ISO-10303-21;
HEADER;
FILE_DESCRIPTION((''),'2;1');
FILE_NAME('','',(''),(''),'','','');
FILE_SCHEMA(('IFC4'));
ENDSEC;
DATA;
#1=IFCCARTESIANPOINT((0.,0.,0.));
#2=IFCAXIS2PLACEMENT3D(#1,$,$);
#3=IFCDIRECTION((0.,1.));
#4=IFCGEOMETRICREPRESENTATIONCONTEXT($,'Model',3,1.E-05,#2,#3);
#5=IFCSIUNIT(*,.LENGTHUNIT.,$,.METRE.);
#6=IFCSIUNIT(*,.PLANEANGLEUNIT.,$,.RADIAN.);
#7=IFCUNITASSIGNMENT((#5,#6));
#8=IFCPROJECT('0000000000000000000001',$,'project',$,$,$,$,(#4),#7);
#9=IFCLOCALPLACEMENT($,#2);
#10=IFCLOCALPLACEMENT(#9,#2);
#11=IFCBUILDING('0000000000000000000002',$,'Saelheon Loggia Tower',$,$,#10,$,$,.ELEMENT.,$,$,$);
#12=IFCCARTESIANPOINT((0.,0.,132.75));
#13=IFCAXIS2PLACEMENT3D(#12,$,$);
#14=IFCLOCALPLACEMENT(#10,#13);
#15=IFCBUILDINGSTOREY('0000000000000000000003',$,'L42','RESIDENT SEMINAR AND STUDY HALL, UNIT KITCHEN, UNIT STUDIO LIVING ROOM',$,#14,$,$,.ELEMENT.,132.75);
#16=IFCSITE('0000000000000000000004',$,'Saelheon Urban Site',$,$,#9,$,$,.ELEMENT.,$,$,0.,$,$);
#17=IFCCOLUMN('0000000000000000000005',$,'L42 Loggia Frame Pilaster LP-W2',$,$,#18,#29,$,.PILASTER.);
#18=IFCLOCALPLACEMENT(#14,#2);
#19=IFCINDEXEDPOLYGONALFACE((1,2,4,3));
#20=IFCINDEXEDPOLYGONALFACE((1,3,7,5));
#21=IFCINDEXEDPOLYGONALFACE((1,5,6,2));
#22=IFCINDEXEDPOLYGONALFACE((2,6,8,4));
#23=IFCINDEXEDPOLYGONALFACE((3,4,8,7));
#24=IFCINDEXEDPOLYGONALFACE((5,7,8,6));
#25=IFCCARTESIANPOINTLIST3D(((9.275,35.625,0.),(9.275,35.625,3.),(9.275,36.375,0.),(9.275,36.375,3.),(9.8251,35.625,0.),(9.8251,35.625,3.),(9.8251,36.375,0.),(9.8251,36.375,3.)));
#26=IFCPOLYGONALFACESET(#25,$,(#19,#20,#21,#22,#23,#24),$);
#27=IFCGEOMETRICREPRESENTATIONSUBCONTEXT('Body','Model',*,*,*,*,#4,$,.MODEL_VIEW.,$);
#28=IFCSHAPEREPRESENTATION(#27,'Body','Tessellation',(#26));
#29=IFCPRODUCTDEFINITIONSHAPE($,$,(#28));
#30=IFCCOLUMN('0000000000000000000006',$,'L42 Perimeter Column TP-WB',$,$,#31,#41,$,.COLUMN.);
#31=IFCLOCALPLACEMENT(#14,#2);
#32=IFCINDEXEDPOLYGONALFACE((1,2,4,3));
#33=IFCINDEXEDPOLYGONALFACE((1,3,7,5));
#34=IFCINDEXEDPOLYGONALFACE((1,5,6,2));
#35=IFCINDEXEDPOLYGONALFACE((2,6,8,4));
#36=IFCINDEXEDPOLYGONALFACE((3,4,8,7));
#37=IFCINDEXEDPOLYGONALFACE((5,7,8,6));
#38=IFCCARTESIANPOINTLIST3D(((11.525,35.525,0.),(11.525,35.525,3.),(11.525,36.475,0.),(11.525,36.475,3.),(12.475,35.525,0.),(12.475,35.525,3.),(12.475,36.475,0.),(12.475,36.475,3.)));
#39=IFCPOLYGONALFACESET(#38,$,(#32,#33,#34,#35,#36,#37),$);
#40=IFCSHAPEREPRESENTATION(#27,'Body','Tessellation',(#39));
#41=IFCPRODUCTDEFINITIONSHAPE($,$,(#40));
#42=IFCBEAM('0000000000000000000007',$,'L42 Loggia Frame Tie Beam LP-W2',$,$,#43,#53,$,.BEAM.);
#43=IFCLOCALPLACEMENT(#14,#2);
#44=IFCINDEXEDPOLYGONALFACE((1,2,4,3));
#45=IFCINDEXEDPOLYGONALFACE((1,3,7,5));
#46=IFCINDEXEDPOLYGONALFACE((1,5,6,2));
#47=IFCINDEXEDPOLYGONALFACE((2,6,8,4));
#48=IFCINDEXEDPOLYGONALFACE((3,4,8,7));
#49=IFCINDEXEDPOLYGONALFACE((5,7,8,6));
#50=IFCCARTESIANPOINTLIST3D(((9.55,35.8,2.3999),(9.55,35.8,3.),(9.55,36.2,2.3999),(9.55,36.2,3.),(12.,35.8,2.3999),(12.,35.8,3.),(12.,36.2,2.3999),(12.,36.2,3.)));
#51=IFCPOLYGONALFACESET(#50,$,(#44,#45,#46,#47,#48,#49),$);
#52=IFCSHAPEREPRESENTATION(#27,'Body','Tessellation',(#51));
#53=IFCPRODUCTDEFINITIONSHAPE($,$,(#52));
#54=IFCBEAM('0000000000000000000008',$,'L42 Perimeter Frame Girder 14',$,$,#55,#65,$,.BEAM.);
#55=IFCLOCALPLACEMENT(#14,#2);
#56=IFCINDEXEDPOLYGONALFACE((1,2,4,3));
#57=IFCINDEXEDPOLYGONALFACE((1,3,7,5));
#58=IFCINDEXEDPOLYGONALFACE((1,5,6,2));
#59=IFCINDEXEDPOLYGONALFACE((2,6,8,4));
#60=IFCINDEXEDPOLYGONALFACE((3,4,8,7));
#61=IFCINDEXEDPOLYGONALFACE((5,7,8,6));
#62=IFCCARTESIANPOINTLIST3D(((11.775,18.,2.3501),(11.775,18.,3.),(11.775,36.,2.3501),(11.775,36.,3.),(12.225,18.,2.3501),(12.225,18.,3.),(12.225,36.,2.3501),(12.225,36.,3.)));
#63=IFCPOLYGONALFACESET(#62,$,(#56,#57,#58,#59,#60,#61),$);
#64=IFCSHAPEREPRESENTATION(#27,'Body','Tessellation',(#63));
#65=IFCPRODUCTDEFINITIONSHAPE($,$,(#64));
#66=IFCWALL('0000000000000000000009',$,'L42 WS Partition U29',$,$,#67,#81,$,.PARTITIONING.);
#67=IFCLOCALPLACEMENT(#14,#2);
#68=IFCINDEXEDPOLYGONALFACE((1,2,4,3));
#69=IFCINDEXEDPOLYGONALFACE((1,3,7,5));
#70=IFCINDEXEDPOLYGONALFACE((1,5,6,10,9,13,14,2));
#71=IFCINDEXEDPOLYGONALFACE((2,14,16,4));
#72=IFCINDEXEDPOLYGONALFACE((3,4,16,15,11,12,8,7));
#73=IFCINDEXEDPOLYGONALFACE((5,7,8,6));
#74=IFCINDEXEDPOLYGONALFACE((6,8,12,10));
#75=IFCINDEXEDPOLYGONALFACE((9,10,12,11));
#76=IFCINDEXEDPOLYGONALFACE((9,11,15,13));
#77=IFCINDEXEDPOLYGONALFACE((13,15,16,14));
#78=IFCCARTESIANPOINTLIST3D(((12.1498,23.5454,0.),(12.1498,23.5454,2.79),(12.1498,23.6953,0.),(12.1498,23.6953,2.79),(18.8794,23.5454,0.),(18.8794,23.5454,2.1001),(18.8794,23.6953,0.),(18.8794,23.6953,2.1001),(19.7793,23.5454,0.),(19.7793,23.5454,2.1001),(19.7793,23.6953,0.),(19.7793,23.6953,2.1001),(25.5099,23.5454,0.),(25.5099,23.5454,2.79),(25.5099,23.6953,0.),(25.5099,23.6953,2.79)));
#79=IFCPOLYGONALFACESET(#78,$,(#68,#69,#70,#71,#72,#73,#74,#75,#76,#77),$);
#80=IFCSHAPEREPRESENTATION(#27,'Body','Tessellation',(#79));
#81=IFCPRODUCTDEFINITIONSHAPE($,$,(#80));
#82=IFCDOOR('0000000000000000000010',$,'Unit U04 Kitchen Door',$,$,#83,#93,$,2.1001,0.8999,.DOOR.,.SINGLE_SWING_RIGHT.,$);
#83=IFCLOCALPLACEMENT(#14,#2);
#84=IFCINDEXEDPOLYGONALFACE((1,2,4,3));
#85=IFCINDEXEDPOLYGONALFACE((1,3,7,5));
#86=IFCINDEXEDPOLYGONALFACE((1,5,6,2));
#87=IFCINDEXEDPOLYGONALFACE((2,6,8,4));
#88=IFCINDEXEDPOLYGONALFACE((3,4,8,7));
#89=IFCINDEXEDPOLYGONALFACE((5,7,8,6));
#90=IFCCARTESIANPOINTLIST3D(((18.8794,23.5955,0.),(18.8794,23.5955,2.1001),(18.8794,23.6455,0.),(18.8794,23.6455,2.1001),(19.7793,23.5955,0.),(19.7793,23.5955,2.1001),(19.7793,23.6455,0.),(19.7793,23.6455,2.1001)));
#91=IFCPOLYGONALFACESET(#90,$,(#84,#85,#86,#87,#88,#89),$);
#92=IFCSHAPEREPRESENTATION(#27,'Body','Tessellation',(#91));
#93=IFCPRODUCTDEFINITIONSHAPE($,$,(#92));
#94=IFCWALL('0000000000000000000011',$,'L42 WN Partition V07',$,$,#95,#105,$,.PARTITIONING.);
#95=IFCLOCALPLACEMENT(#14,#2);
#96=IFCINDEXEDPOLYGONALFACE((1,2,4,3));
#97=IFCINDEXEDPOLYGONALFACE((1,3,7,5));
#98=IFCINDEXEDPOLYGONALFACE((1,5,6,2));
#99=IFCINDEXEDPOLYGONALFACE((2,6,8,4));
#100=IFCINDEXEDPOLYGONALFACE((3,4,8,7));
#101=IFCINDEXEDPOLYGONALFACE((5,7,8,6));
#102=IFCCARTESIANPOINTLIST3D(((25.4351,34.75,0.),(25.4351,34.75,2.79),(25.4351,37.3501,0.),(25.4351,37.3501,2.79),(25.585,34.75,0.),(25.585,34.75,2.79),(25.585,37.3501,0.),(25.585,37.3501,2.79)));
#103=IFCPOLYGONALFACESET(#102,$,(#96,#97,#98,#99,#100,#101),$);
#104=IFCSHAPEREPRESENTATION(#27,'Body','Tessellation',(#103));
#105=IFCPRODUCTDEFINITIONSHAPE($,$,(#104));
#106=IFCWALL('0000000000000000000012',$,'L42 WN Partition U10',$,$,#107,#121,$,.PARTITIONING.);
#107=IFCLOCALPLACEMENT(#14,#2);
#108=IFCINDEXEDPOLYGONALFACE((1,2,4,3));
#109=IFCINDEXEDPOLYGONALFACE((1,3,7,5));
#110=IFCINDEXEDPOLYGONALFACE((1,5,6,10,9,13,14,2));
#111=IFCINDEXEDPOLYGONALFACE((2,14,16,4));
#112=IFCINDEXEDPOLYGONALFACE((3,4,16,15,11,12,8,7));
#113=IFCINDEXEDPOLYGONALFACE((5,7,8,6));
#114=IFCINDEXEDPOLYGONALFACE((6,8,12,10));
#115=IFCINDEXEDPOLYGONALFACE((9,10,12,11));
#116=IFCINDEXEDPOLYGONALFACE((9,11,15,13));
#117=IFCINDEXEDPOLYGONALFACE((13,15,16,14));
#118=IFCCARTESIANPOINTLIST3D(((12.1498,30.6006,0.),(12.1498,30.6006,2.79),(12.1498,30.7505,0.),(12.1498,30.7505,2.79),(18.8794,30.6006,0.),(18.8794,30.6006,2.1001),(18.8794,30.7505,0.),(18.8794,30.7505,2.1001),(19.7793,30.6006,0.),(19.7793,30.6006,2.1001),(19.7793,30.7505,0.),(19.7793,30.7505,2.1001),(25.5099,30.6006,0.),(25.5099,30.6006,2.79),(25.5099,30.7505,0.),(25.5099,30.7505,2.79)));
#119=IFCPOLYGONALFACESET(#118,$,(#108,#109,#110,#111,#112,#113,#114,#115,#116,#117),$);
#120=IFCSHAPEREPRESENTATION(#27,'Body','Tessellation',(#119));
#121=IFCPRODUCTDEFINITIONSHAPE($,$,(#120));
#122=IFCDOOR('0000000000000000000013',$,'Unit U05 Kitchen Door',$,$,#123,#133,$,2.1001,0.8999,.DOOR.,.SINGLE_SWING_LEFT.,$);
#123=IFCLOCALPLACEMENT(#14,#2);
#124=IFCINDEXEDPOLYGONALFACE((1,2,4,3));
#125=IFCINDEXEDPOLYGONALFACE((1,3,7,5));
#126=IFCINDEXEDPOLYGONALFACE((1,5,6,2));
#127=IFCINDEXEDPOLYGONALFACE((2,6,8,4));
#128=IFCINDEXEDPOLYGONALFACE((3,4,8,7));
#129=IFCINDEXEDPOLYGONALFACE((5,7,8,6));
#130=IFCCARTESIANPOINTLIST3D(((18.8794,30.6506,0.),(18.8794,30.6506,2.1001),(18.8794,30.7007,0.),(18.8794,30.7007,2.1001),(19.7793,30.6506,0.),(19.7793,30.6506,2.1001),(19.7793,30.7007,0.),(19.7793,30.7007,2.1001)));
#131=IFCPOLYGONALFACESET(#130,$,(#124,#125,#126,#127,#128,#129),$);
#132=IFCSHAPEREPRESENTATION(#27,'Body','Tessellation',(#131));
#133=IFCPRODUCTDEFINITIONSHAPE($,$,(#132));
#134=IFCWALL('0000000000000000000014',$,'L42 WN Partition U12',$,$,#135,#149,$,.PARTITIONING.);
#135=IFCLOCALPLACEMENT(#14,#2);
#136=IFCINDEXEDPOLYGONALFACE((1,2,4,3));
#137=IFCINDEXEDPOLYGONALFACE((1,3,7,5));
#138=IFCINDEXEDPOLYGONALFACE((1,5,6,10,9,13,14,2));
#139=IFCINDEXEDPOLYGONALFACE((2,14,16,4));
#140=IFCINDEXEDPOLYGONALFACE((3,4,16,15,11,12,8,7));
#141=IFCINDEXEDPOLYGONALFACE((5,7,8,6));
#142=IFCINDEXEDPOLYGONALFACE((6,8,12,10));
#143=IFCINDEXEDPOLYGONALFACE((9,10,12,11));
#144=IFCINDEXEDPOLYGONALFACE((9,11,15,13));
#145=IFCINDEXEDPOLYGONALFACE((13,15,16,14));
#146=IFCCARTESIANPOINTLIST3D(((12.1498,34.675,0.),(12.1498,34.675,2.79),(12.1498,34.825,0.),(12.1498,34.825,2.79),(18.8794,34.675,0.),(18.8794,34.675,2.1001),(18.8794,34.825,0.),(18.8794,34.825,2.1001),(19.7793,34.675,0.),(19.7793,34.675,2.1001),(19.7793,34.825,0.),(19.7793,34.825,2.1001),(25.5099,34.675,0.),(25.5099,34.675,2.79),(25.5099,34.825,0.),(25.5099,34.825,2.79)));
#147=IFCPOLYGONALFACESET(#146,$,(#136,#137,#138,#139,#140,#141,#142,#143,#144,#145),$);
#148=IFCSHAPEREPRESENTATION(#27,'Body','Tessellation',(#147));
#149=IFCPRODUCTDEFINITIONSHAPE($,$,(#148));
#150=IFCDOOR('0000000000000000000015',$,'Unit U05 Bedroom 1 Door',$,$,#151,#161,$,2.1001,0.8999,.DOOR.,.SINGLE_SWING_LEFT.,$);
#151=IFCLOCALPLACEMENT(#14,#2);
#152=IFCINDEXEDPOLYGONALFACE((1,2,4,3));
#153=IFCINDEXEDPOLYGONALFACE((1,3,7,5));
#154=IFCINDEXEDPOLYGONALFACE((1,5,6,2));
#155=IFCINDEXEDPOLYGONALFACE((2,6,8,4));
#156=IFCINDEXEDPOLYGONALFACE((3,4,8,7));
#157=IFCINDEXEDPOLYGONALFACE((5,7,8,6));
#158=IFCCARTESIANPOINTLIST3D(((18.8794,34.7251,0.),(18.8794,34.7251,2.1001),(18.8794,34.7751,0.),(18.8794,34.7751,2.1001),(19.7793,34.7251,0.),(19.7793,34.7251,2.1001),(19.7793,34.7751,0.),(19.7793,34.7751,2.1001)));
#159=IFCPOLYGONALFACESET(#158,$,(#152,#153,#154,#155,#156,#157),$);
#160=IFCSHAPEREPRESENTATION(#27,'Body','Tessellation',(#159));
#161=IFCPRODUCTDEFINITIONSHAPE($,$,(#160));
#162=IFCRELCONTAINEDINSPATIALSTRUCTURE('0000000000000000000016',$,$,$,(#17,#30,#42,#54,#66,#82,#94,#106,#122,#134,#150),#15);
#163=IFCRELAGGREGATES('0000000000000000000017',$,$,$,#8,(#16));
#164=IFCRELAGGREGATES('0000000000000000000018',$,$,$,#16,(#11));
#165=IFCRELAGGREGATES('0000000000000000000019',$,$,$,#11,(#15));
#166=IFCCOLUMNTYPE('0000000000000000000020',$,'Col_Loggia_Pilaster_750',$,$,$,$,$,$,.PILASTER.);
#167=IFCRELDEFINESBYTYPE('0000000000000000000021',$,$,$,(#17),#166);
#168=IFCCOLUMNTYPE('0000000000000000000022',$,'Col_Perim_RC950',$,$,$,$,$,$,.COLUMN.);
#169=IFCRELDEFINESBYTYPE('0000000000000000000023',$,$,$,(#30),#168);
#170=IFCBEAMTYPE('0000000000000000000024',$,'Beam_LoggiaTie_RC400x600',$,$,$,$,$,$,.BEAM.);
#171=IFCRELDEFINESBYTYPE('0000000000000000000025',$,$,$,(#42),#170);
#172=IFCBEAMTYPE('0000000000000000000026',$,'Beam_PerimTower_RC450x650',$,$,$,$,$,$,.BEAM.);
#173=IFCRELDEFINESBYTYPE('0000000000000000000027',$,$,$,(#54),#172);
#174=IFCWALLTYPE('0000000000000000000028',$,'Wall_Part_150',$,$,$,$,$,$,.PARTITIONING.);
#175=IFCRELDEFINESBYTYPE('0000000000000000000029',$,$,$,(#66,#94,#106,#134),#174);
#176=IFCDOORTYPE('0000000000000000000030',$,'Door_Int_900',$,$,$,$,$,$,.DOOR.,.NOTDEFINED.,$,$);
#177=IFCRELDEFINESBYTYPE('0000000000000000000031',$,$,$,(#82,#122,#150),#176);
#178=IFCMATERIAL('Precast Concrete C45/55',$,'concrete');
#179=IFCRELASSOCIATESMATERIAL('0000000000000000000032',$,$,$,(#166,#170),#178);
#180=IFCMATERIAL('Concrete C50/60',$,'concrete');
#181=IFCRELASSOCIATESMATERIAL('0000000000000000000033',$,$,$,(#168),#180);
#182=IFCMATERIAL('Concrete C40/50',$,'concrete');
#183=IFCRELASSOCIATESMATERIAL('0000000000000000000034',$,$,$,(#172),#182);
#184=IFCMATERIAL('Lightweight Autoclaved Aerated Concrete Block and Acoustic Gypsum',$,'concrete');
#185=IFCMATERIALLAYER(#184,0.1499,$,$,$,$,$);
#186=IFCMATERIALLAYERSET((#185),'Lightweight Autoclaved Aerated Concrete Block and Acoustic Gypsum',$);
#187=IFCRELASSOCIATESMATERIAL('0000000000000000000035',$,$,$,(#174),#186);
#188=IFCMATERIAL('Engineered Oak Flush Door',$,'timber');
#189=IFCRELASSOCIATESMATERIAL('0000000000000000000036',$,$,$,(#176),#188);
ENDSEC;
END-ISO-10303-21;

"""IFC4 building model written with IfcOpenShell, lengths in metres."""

from ifc_helpers import new_model, si_unit, direction, frame, frame_2d, origin, origin_2d, place, context, subcontext, project, spatial, rectangle, extrude, source, transform, mapped, material, layer, layer_set, material_profile, profile_set, type_object, element, fill, save


model = new_model("IFC4")

# Units and contexts
model_context = context("Model", 3, precision=1e-05, world=origin(), true_north=direction((0.0, 1.0)))
body_context = subcontext(model_context, "Body", "Model", "MODEL_VIEW")
ifc_project = project(units=[si_unit("LENGTHUNIT", "METRE"), si_unit("PLANEANGLEUNIT", "RADIAN")], contexts=[model_context])

# Site, building, storey
site_placement = place(None, origin())
site = spatial("IfcSite", under=ifc_project, at=site_placement, Name="Saelheon Urban Site", CompositionType="ELEMENT", RefElevation=0.0)
building_placement = place(site_placement, origin())
building = spatial("IfcBuilding", under=site, at=building_placement, Name="Saelheon Loggia Tower", CompositionType="ELEMENT")
storey_placement = place(building_placement, frame((0.0, 0.0, 132.75)))
storey = spatial("IfcBuildingStorey", under=building, at=storey_placement, Name="L42", Description="RESIDENT SEMINAR AND STUDY HALL, UNIT KITCHEN, UNIT STUDIO LIVING ROOM", CompositionType="ELEMENT", Elevation=132.75)

# Columns
ifc_material_1 = material(Name="Precast Concrete C45/55", Category="concrete")
ifc_material_profile_1 = material_profile(ifc_material_1, rectangle(XDim=0.55, YDim=0.75, at=origin_2d()), Name="RC-550x750")
ifc_profile_set_1 = profile_set([ifc_material_profile_1], Name="Precast Concrete C45/55")
column_type_1 = type_object("IfcColumnType", Name="Col_Loggia_Pilaster_750", PredefinedType="PILASTER", material=ifc_profile_set_1)
shared_shape_1 = source(origin(), body_context, "Body", "SweptSolid", [
    extrude(rectangle(XDim=0.55, YDim=0.75, at=origin_2d()), origin(), (0.0, 0.0, 1.0), 3.0),
])
column_1_placement = place(storey_placement, frame((9.55, 36.0, 0.0), z_axis=(0.0, 0.0, 1.0), x_axis=(1.0, 0.0, 0.0)))
element("IfcColumn", 1, at=column_1_placement, inside=storey, type_object=column_type_1, Name="L42 Loggia Frame Pilaster LP-W2", PredefinedType="PILASTER", context=body_context, shape_type="MappedRepresentation", body=[
    mapped(shared_shape_1, transform((0.0, 0.0, 0.0), scale=1.0)),
])
ifc_material_2 = material(Name="Concrete C50/60", Category="concrete")
ifc_material_profile_2 = material_profile(ifc_material_2, rectangle(XDim=0.95, YDim=0.95, at=origin_2d()), Name="RC-950x950")
ifc_profile_set_2 = profile_set([ifc_material_profile_2], Name="Concrete C50/60")
column_type_2 = type_object("IfcColumnType", Name="Col_Perim_RC950", PredefinedType="COLUMN", material=ifc_profile_set_2)
shared_shape_2 = source(origin(), body_context, "Body", "SweptSolid", [
    extrude(rectangle(XDim=0.95, YDim=0.95, at=origin_2d()), origin(), (0.0, 0.0, 1.0), 3.0),
])
column_2_placement = place(storey_placement, frame((12.0, 36.0, 0.0), z_axis=(0.0, 0.0, 1.0), x_axis=(1.0, 0.0, 0.0)))
element("IfcColumn", 2, at=column_2_placement, inside=storey, type_object=column_type_2, Name="L42 Perimeter Column TP-WB", PredefinedType="COLUMN", context=body_context, shape_type="MappedRepresentation", body=[
    mapped(shared_shape_2, transform((0.0, 0.0, 0.0), scale=1.0)),
])

# Beams
ifc_material_profile_3 = material_profile(ifc_material_1, rectangle(XDim=0.3999, YDim=0.6001, at=origin_2d()), Name="RC-400x600")
ifc_profile_set_3 = profile_set([ifc_material_profile_3], Name="Precast Concrete C45/55")
beam_type_1 = type_object("IfcBeamType", Name="Beam_LoggiaTie_RC400x600", PredefinedType="BEAM", material=ifc_profile_set_3)
shared_shape_3 = source(origin(), body_context, "Body", "SweptSolid", [
    extrude(rectangle(XDim=0.3999, YDim=0.6001, at=origin_2d()), origin(), (0.0, 0.0, 1.0), 2.45),
])
beam_1_placement = place(storey_placement, frame((12.0, 36.0, 2.7), z_axis=(-1.0, 0.0, 0.0), x_axis=(0.0, -1.0, 0.0)))
element("IfcBeam", 3, at=beam_1_placement, inside=storey, type_object=beam_type_1, Name="L42 Loggia Frame Tie Beam LP-W2", PredefinedType="BEAM", context=body_context, shape_type="MappedRepresentation", body=[
    mapped(shared_shape_3, transform((0.0, 0.0, 0.0), scale=1.0)),
])
ifc_material_3 = material(Name="Concrete C40/50", Category="concrete")
ifc_material_profile_4 = material_profile(ifc_material_3, rectangle(XDim=0.45, YDim=0.6499, at=origin_2d()), Name="RC-450x650")
ifc_profile_set_4 = profile_set([ifc_material_profile_4], Name="Concrete C40/50")
beam_type_2 = type_object("IfcBeamType", Name="Beam_PerimTower_RC450x650", PredefinedType="BEAM", material=ifc_profile_set_4)
shared_shape_4 = source(origin(), body_context, "Body", "SweptSolid", [
    extrude(rectangle(XDim=0.45, YDim=0.6499, at=origin_2d()), origin(), (0.0, 0.0, 1.0), 18.0),
])
beam_2_placement = place(storey_placement, frame((12.0, 36.0, 2.675), z_axis=(0.0, -1.0, 0.0), x_axis=(1.0, 0.0, 0.0)))
element("IfcBeam", 4, at=beam_2_placement, inside=storey, type_object=beam_type_2, Name="L42 Perimeter Frame Girder 14", PredefinedType="BEAM", context=body_context, shape_type="MappedRepresentation", body=[
    mapped(shared_shape_4, transform((0.0, 0.0, 0.0), scale=1.0)),
])

# Wall, opening, door
ifc_material_4 = material(Name="Lightweight Autoclaved Aerated Concrete Block and Acoustic Gypsum", Category="concrete")
ifc_layer_1 = layer(ifc_material_4, 0.1499)
ifc_layer_set_1 = layer_set([ifc_layer_1], Name="Lightweight Autoclaved Aerated Concrete Block and Acoustic Gypsum")
wall_type_1 = type_object("IfcWallType", Name="Wall_Part_150", PredefinedType="PARTITIONING", material=ifc_layer_set_1)
wall_1_placement = place(storey_placement, frame((25.51, 23.6204, 0.0), z_axis=(0.0, 0.0, 1.0), x_axis=(-1.0, 0.0, 0.0)))
wall_1 = element("IfcWall", 5, at=wall_1_placement, inside=storey, type_object=wall_type_1, Name="L42 WS Partition U29", PredefinedType="PARTITIONING", context=body_context, shape_type="SweptSolid", body=[
    extrude(rectangle(XDim=13.3601, YDim=0.1499, at=frame_2d((6.6802, 0.0))), origin(), (0.0, 0.0, 1.0), 2.79),
])
opening_1_placement = place(wall_1_placement, frame((5.7307, 0.0, 0.0)))
opening_1 = element("IfcOpeningElement", 6, at=opening_1_placement, cuts=wall_1, PredefinedType="OPENING", context=body_context, shape_type="SweptSolid", body=[
    extrude(rectangle(XDim=0.8999, YDim=2.1001, at=frame_2d((0.45, 1.05))), frame((0.0, 0.0869, 0.0), z_axis=(0.0, -1.0, 0.0), x_axis=(1.0, 0.0, 0.0)), (0.0, 0.0, 1.0), 0.1738),
])
ifc_material_5 = material(Name="Engineered Oak Flush Door", Category="timber")
door_type_1 = type_object("IfcDoorType", Name="Door_Int_900", OperationType="NOTDEFINED", PredefinedType="DOOR", material=ifc_material_5)
shared_shape_5 = source(origin(), body_context, "Body", "SweptSolid", [
    extrude(rectangle(XDim=0.8999, YDim=2.1001, at=frame_2d((0.45, 1.05))), frame((0.0, 0.0249, 0.0), z_axis=(0.0, -1.0, 0.0), x_axis=(1.0, 0.0, 0.0)), (0.0, 0.0, 1.0), 0.05),
])
door_1_placement = place(opening_1_placement, origin())
door_1 = element("IfcDoor", 7, at=door_1_placement, inside=storey, type_object=door_type_1, Name="Unit U04 Kitchen Door", OperationType="SINGLE_SWING_RIGHT", OverallHeight=2.1001, OverallWidth=0.8999, PredefinedType="DOOR", context=body_context, shape_type="MappedRepresentation", body=[
    mapped(shared_shape_5, transform((0.0, 0.0, 0.0), scale=1.0)),
])
fill(opening_1, door_1)

# Wall
wall_2_placement = place(storey_placement, frame((25.51, 34.75, 0.0), z_axis=(0.0, 0.0, 1.0), x_axis=(0.0, 1.0, 0.0)))
element("IfcWall", 8, at=wall_2_placement, inside=storey, type_object=wall_type_1, Name="L42 WN Partition V07", PredefinedType="PARTITIONING", context=body_context, shape_type="SweptSolid", body=[
    extrude(rectangle(XDim=2.6001, YDim=0.1499, at=frame_2d((1.3, 0.0))), origin(), (0.0, 0.0, 1.0), 2.79),
])

# Walls, openings, doors
wall_3_placement = place(storey_placement, frame((25.51, 30.6755, 0.0), z_axis=(0.0, 0.0, 1.0), x_axis=(-1.0, 0.0, 0.0)))
wall_3 = element("IfcWall", 9, at=wall_3_placement, inside=storey, type_object=wall_type_1, Name="L42 WN Partition U10", PredefinedType="PARTITIONING", context=body_context, shape_type="SweptSolid", body=[
    extrude(rectangle(XDim=13.3601, YDim=0.1499, at=frame_2d((6.6802, 0.0))), origin(), (0.0, 0.0, 1.0), 2.79),
])
opening_2_placement = place(wall_3_placement, frame((5.7307, 0.0, 0.0)))
opening_2 = element("IfcOpeningElement", 10, at=opening_2_placement, cuts=wall_3, PredefinedType="OPENING", context=body_context, shape_type="SweptSolid", body=[
    extrude(rectangle(XDim=0.8999, YDim=2.1001, at=frame_2d((0.45, 1.05))), frame((0.0, 0.0869, 0.0), z_axis=(0.0, -1.0, 0.0), x_axis=(1.0, 0.0, 0.0)), (0.0, 0.0, 1.0), 0.1738),
])
door_2_placement = place(opening_2_placement, origin())
door_2 = element("IfcDoor", 11, at=door_2_placement, inside=storey, type_object=door_type_1, Name="Unit U05 Kitchen Door", OperationType="SINGLE_SWING_LEFT", OverallHeight=2.1001, OverallWidth=0.8999, PredefinedType="DOOR", context=body_context, shape_type="MappedRepresentation", body=[
    mapped(shared_shape_5, transform((0.0, 0.0, 0.0), scale=1.0)),
])
fill(opening_2, door_2)
wall_4_placement = place(storey_placement, frame((25.51, 34.75, 0.0), z_axis=(0.0, 0.0, 1.0), x_axis=(-1.0, 0.0, 0.0)))
wall_4 = element("IfcWall", 12, at=wall_4_placement, inside=storey, type_object=wall_type_1, Name="L42 WN Partition U12", PredefinedType="PARTITIONING", context=body_context, shape_type="SweptSolid", body=[
    extrude(rectangle(XDim=13.3601, YDim=0.1499, at=frame_2d((6.6802, 0.0))), origin(), (0.0, 0.0, 1.0), 2.79),
])
opening_3_placement = place(wall_4_placement, frame((5.7307, 0.0, 0.0)))
opening_3 = element("IfcOpeningElement", 13, at=opening_3_placement, cuts=wall_4, PredefinedType="OPENING", context=body_context, shape_type="SweptSolid", body=[
    extrude(rectangle(XDim=0.8999, YDim=2.1001, at=frame_2d((0.45, 1.05))), frame((0.0, 0.0869, 0.0), z_axis=(0.0, -1.0, 0.0), x_axis=(1.0, 0.0, 0.0)), (0.0, 0.0, 1.0), 0.1738),
])
door_3_placement = place(opening_3_placement, origin())
door_3 = element("IfcDoor", 14, at=door_3_placement, inside=storey, type_object=door_type_1, Name="Unit U05 Bedroom 1 Door", OperationType="SINGLE_SWING_LEFT", OverallHeight=2.1001, OverallWidth=0.8999, PredefinedType="DOOR", context=body_context, shape_type="MappedRepresentation", body=[
    mapped(shared_shape_5, transform((0.0, 0.0, 0.0), scale=1.0)),
])
fill(opening_3, door_3)

save(model, "model.ifc")
